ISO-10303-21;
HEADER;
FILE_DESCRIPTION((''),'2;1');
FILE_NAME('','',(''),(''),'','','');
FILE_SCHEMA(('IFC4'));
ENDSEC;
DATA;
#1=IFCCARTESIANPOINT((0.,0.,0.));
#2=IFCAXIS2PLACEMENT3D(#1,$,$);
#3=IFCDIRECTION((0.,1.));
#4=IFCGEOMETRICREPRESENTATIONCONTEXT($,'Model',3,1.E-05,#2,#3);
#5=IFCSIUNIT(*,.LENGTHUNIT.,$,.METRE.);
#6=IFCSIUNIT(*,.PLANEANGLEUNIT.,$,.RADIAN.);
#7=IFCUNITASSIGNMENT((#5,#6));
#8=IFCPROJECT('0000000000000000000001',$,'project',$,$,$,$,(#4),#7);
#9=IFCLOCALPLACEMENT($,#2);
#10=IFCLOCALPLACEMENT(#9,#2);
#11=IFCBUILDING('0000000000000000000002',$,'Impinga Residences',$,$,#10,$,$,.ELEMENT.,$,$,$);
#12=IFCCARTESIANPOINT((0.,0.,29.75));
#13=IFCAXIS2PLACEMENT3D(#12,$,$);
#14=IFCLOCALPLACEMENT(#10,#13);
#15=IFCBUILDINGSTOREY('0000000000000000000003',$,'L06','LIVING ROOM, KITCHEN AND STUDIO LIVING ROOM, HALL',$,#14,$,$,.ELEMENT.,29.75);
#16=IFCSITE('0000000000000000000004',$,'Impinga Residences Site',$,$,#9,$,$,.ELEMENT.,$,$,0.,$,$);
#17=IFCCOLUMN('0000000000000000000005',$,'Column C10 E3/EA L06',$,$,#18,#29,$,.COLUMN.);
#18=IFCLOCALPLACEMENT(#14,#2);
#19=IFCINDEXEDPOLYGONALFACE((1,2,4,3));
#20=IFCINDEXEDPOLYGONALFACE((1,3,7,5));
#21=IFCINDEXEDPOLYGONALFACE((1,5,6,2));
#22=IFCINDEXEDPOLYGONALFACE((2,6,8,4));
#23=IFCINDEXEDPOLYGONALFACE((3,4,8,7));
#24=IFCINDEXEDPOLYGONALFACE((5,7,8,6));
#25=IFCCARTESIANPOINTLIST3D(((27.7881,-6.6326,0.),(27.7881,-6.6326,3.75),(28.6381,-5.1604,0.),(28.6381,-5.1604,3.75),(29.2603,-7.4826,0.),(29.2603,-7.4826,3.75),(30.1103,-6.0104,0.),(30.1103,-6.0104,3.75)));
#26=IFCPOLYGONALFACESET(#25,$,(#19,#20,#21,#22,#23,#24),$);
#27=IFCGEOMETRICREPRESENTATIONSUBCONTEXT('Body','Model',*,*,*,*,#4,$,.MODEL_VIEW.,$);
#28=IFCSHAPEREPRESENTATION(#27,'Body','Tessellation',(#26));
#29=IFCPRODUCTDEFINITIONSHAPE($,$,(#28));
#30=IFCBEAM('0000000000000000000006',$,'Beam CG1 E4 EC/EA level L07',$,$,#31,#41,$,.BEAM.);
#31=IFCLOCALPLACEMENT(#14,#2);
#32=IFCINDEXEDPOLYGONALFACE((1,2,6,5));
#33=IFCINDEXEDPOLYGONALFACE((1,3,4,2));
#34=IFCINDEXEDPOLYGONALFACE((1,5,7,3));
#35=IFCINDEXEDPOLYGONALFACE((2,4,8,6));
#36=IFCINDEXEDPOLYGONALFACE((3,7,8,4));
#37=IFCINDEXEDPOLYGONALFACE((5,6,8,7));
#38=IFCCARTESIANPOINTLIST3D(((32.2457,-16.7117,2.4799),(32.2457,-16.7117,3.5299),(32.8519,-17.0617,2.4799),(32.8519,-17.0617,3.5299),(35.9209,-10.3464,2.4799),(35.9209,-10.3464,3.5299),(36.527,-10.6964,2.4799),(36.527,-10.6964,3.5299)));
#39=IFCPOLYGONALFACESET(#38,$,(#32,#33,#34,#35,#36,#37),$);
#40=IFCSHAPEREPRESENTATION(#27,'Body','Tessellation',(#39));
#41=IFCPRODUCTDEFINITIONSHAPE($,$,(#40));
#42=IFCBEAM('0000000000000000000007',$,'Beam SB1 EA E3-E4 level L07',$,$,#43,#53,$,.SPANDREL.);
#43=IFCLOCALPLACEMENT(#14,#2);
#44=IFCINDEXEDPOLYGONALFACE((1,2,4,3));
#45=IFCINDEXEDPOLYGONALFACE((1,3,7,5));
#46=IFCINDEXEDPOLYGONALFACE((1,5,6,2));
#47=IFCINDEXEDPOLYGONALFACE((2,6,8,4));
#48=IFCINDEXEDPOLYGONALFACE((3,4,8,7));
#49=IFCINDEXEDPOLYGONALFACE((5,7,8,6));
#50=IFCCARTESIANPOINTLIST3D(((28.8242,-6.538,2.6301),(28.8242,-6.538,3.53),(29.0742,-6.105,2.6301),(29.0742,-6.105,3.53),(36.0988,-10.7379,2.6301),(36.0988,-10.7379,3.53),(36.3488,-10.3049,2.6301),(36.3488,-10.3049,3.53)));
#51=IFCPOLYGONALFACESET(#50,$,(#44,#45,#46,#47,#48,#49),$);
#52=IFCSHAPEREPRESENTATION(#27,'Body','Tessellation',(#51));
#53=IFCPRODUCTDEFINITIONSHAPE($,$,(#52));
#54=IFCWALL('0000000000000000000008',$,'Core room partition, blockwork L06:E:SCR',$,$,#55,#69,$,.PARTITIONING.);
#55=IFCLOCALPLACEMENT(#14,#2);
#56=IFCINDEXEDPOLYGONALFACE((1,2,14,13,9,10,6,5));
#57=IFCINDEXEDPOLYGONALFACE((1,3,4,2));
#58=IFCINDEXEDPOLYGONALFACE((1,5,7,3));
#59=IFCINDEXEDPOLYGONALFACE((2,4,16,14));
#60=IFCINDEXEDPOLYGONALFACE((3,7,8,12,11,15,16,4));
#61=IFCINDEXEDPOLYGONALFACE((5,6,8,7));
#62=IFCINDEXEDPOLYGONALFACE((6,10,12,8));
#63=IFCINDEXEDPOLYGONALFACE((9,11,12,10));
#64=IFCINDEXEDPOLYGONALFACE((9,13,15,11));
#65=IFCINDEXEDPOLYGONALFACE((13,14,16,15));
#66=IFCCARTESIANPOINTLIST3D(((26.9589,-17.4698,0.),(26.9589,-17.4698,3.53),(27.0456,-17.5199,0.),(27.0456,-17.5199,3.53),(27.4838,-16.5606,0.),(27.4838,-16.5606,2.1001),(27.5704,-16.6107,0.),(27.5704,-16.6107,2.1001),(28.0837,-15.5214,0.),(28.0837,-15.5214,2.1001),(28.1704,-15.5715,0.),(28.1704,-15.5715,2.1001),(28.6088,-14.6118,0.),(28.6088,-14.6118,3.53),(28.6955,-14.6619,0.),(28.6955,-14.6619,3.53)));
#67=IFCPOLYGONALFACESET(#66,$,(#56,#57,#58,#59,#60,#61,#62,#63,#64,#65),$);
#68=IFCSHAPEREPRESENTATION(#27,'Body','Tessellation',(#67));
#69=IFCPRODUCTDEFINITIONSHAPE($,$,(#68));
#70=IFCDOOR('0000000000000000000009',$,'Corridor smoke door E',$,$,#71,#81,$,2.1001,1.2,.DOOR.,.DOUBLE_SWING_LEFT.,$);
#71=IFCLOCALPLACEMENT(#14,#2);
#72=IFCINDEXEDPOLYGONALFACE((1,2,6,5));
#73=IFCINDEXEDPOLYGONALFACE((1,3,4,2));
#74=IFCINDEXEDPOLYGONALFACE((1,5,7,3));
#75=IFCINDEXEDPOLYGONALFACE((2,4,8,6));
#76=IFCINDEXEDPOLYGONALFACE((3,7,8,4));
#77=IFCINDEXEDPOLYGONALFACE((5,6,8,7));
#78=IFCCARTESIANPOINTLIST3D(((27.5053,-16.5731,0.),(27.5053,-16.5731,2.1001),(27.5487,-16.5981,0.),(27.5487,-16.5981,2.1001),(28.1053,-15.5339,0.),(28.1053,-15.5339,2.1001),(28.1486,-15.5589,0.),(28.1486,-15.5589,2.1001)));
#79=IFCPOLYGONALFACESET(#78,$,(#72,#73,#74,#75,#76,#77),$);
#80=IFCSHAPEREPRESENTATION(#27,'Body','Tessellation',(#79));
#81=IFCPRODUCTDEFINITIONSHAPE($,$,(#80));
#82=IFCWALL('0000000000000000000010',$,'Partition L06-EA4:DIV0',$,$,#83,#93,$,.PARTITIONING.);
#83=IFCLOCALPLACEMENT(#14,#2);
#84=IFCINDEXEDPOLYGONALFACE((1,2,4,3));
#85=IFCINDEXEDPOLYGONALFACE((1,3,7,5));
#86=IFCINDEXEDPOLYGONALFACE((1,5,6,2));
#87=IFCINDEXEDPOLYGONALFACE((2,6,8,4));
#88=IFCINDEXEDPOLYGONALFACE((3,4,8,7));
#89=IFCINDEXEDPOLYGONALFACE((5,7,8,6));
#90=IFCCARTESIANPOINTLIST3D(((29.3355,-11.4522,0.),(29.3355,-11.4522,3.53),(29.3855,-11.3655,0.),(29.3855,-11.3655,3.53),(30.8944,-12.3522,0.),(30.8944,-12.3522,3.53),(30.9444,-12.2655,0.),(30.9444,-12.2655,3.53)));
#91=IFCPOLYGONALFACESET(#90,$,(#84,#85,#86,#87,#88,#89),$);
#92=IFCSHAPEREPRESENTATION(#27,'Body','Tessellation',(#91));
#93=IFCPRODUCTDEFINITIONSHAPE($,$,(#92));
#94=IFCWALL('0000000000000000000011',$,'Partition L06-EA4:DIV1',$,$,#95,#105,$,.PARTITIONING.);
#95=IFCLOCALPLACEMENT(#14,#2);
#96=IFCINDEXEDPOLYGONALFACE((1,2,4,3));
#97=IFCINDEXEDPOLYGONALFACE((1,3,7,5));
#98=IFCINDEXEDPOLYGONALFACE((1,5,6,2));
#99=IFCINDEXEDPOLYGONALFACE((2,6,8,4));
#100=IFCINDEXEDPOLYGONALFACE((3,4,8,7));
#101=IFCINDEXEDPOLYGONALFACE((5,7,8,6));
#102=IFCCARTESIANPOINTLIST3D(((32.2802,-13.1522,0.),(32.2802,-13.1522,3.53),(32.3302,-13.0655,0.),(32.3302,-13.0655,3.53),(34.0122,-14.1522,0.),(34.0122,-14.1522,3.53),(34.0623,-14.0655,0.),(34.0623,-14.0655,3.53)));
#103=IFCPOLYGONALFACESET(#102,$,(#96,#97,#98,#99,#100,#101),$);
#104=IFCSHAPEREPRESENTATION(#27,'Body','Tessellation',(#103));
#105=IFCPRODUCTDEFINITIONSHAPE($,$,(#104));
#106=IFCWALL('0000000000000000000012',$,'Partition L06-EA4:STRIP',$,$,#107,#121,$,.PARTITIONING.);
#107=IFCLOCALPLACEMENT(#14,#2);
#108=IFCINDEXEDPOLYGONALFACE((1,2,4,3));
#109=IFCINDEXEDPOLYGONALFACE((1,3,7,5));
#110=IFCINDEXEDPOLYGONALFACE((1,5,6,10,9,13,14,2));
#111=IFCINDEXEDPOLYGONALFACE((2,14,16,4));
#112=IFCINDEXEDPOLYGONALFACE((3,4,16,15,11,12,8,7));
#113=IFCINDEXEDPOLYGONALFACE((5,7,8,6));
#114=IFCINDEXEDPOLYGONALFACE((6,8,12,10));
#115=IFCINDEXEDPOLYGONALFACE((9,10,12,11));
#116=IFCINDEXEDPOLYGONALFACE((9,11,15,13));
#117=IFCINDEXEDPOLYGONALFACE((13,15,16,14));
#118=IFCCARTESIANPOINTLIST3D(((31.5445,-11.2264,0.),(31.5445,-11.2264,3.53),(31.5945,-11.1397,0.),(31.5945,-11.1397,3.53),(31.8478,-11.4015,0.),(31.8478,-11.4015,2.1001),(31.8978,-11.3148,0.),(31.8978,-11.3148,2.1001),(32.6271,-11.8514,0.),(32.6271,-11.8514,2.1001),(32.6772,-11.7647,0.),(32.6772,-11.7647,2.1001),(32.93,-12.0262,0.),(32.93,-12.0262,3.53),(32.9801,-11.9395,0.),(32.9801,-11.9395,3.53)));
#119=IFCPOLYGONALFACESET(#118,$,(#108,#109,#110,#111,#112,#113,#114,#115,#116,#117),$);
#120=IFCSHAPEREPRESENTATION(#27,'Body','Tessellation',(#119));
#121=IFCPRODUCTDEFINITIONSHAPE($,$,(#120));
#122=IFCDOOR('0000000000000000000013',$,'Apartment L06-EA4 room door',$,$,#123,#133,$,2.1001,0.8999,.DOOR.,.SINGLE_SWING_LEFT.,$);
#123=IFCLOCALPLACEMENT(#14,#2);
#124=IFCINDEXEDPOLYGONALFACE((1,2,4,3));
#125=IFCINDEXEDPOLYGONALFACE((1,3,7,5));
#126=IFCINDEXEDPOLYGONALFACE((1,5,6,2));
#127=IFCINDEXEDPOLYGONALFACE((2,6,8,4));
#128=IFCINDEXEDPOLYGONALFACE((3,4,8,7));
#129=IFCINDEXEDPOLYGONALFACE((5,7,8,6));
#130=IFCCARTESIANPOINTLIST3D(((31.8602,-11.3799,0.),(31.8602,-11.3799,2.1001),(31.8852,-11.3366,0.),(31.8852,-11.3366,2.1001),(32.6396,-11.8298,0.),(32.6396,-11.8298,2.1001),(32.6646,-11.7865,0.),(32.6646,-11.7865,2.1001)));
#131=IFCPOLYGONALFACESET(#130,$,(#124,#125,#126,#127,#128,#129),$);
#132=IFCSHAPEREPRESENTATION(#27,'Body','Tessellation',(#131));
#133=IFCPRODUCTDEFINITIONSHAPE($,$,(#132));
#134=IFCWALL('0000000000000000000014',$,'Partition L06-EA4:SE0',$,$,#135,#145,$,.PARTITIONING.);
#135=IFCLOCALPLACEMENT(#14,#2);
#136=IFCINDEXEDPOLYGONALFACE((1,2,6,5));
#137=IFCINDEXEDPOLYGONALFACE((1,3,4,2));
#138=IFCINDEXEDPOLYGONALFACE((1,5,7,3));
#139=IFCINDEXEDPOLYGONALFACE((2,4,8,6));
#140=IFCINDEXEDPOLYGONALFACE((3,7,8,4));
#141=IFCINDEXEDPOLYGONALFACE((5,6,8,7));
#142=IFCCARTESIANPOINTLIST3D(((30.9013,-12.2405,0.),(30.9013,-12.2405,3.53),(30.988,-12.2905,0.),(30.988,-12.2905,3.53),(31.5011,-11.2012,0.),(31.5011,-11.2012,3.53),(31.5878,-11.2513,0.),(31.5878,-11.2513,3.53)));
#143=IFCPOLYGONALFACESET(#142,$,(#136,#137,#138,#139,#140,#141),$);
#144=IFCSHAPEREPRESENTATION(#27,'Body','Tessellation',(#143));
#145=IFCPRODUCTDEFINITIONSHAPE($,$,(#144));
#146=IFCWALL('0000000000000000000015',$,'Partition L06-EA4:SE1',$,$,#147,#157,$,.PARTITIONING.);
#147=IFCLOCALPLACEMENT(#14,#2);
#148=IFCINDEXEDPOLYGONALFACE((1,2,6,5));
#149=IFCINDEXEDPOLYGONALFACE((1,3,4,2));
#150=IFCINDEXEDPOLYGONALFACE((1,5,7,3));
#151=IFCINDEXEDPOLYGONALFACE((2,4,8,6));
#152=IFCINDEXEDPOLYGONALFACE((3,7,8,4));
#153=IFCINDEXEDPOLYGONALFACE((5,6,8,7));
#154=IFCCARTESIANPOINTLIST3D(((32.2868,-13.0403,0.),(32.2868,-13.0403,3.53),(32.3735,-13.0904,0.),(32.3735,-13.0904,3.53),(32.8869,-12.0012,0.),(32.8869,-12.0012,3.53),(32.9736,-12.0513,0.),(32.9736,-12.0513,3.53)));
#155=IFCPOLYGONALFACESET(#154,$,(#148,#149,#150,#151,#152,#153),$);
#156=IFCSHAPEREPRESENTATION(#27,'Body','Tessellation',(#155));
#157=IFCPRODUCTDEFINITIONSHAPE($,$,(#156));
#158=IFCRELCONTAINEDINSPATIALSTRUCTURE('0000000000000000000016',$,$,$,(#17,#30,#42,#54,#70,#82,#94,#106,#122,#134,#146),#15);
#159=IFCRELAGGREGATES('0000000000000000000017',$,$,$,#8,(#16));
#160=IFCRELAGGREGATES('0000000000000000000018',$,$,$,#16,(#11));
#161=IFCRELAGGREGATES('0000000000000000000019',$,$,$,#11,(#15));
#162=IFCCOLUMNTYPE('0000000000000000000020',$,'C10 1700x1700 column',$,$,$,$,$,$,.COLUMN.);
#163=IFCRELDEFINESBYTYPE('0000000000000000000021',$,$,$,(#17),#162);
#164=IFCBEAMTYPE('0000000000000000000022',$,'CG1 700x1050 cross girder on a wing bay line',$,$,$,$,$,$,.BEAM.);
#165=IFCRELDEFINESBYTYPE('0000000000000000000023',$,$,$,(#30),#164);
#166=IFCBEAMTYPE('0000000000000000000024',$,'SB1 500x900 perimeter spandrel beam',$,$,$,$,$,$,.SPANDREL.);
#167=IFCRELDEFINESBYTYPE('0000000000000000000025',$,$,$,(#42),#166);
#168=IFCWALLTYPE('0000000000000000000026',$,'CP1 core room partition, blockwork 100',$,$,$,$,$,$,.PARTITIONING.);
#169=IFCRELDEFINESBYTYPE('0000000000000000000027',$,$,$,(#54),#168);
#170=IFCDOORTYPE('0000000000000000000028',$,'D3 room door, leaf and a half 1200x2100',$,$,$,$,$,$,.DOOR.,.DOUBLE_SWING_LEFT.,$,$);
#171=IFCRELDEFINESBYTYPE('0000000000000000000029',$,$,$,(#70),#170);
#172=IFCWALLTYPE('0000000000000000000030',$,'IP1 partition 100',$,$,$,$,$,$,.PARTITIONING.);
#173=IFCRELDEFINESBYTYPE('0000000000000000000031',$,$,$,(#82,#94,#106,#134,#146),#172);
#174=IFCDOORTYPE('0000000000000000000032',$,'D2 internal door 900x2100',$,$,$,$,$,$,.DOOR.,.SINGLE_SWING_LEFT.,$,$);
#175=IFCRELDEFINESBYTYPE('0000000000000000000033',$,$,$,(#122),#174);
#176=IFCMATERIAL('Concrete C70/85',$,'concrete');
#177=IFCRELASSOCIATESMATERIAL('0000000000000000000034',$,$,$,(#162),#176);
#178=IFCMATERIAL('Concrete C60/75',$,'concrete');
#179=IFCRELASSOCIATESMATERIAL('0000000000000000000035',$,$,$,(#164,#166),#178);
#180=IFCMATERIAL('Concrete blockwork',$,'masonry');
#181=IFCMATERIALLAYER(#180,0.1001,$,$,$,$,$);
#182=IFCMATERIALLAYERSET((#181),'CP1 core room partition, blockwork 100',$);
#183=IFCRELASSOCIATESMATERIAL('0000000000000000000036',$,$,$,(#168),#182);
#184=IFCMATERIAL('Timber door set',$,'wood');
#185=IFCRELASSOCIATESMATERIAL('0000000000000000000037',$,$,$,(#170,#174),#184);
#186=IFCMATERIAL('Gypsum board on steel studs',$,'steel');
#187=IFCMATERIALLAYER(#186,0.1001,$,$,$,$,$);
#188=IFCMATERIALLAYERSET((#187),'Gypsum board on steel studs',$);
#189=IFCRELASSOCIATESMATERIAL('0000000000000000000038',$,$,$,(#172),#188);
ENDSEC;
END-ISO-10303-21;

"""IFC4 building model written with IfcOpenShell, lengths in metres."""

from ifc_helpers import new_model, si_unit, direction, frame, frame_2d, origin, origin_2d, place, context, subcontext, project, spatial, rectangle, extrude, material, layer, layer_set, material_profile, profile_set, type_object, element, fill, save


model = new_model("IFC4")

# Units and contexts
model_context = context("Model", 3, precision=1e-05, world=origin(), true_north=direction((0.0, 1.0)))
body_context = subcontext(model_context, "Body", "Model", "MODEL_VIEW")
ifc_project = project(units=[si_unit("LENGTHUNIT", "METRE"), si_unit("PLANEANGLEUNIT", "RADIAN")], contexts=[model_context])

# Site, building, storey
site_placement = place(None, origin())
site = spatial("IfcSite", under=ifc_project, at=site_placement, Name="Impinga Residences Site", CompositionType="ELEMENT", RefElevation=0.0)
building_placement = place(site_placement, origin())
building = spatial("IfcBuilding", under=site, at=building_placement, Name="Impinga Residences", CompositionType="ELEMENT")
storey_placement = place(building_placement, frame((0.0, 0.0, 29.75)))
storey = spatial("IfcBuildingStorey", under=building, at=storey_placement, Name="L06", Description="LIVING ROOM, KITCHEN AND STUDIO LIVING ROOM, HALL", CompositionType="ELEMENT", Elevation=29.75)

# Column
ifc_material_1 = material(Name="Concrete C70/85", Category="concrete")
ifc_material_profile_1 = material_profile(ifc_material_1, rectangle(XDim=1.7, YDim=1.7, at=origin_2d()), Name="RC 1700x1700")
ifc_profile_set_1 = profile_set([ifc_material_profile_1], Name="Concrete C70/85")
column_type = type_object("IfcColumnType", Name="C10 1700x1700 column", PredefinedType="COLUMN", material=ifc_profile_set_1)
column_placement = place(storey_placement, frame((28.9492, -6.3215, 0.0), z_axis=(0.0, 0.0, 1.0), x_axis=(-0.5, -0.866025, 0.0)))
element("IfcColumn", 1, at=column_placement, inside=storey, type_object=column_type, Name="Column C10 E3/EA L06", PredefinedType="COLUMN", context=body_context, shape_type="SweptSolid", body=[
    extrude(rectangle(XDim=1.7, YDim=1.7, at=origin_2d()), origin(), (0.0, 0.0, 1.0), 3.75),
])

# Beams
ifc_material_2 = material(Name="Concrete C60/75", Category="concrete")
ifc_material_profile_2 = material_profile(ifc_material_2, rectangle(XDim=0.7, YDim=1.05, at=origin_2d()), Name="RC 700x1050")
ifc_profile_set_2 = profile_set([ifc_material_profile_2], Name="Concrete C60/75")
beam_type_1 = type_object("IfcBeamType", Name="CG1 700x1050 cross girder on a wing bay line", PredefinedType="BEAM", material=ifc_profile_set_2)
beam_1_placement = place(storey_placement, frame((32.5488, -16.8867, 3.0049), z_axis=(0.500008, 0.866021, 0.0), x_axis=(-0.866021, 0.500008, 0.0)))
element("IfcBeam", 2, at=beam_1_placement, inside=storey, type_object=beam_type_1, Name="Beam CG1 E4 EC/EA level L07", PredefinedType="BEAM", context=body_context, shape_type="SweptSolid", body=[
    extrude(rectangle(XDim=0.7, YDim=1.05, at=origin_2d()), origin(), (0.0, 0.0, 1.0), 7.3501),
])
ifc_material_profile_3 = material_profile(ifc_material_2, rectangle(XDim=0.5, YDim=0.8999, at=origin_2d()), Name="RC 500x900")
ifc_profile_set_3 = profile_set([ifc_material_profile_3], Name="Concrete C60/75")
beam_type_2 = type_object("IfcBeamType", Name="SB1 500x900 perimeter spandrel beam", PredefinedType="SPANDREL", material=ifc_profile_set_3)
beam_2_placement = place(storey_placement, frame((28.9492, -6.3215, 3.0801), z_axis=(0.866029, -0.499993, 0.0), x_axis=(0.499993, 0.866029, 0.0)))
element("IfcBeam", 3, at=beam_2_placement, inside=storey, type_object=beam_type_2, Name="Beam SB1 EA E3-E4 level L07", PredefinedType="SPANDREL", context=body_context, shape_type="SweptSolid", body=[
    extrude(rectangle(XDim=0.5, YDim=0.8999, at=origin_2d()), origin(), (0.0, 0.0, 1.0), 8.3999),
])

# Wall, opening, door
ifc_material_3 = material(Name="Concrete blockwork", Category="masonry")
ifc_layer_1 = layer(ifc_material_3, 0.1001)
ifc_layer_set_1 = layer_set([ifc_layer_1], Name="CP1 core room partition, blockwork 100")
wall_type_1 = type_object("IfcWallType", Name="CP1 core room partition, blockwork 100", PredefinedType="PARTITIONING", material=ifc_layer_set_1)
wall_1_placement = place(storey_placement, frame((28.6521, -14.637, 0.0), z_axis=(0.0, 0.0, 1.0), x_axis=(-0.499974, -0.86604, 0.0)))
wall_1 = element("IfcWall", 4, at=wall_1_placement, inside=storey, type_object=wall_type_1, Name="Core room partition, blockwork L06:E:SCR", PredefinedType="PARTITIONING", context=body_context, shape_type="SweptSolid", body=[
    extrude(rectangle(XDim=3.3, YDim=0.1001, at=frame_2d((1.6499, 0.0))), origin(), (0.0, 0.0, 1.0), 3.53),
])
opening_1_placement = place(wall_1_placement, frame((1.05, 0.0, 0.0)))
opening_1 = element("IfcOpeningElement", 5, at=opening_1_placement, cuts=wall_1, PredefinedType="OPENING", context=body_context, shape_type="SweptSolid", body=[
    extrude(rectangle(XDim=1.2, YDim=2.1001, at=frame_2d((0.6001, 1.05))), frame((0.0, 0.0601, 0.0), z_axis=(0.0, -1.0, 0.0), x_axis=(1.0, 0.0, 0.0)), (0.0, 0.0, 1.0), 0.1201),
])
ifc_material_4 = material(Name="Timber door set", Category="wood")
door_type_1 = type_object("IfcDoorType", Name="D3 room door, leaf and a half 1200x2100", OperationType="DOUBLE_SWING_LEFT", PredefinedType="DOOR", material=ifc_material_4)
door_1_placement = place(opening_1_placement, origin())
door_1 = element("IfcDoor", 6, at=door_1_placement, inside=storey, type_object=door_type_1, Name="Corridor smoke door E", OperationType="DOUBLE_SWING_LEFT", OverallHeight=2.1001, OverallWidth=1.2, PredefinedType="DOOR", context=body_context, shape_type="SweptSolid", body=[
    extrude(rectangle(XDim=1.2, YDim=2.1001, at=frame_2d((0.6001, 1.05))), frame((0.0, 0.0249, 0.0), z_axis=(0.0, -1.0, 0.0), x_axis=(1.0, 0.0, 0.0)), (0.0, 0.0, 1.0), 0.05),
])
fill(opening_1, door_1)

# Walls
ifc_material_5 = material(Name="Gypsum board on steel studs", Category="steel")
ifc_layer_2 = layer(ifc_material_5, 0.1001)
ifc_layer_set_2 = layer_set([ifc_layer_2], Name="Gypsum board on steel studs")
wall_type_2 = type_object("IfcWallType", Name="IP1 partition 100", PredefinedType="PARTITIONING", material=ifc_layer_set_2)
wall_2_placement = place(storey_placement, frame((29.3606, -11.4089, 0.0), z_axis=(0.0, 0.0, 1.0), x_axis=(0.866048, -0.499961, 0.0)))
element("IfcWall", 7, at=wall_2_placement, inside=storey, type_object=wall_type_2, Name="Partition L06-EA4:DIV0", PredefinedType="PARTITIONING", context=body_context, shape_type="SweptSolid", body=[
    extrude(rectangle(XDim=1.8, YDim=0.1001, at=frame_2d((0.8999, 0.0))), origin(), (0.0, 0.0, 1.0), 3.53),
])
wall_3_placement = place(storey_placement, frame((32.3052, -13.1089, 0.0), z_axis=(0.0, 0.0, 1.0), x_axis=(0.866041, -0.499973, 0.0)))
element("IfcWall", 8, at=wall_3_placement, inside=storey, type_object=wall_type_2, Name="Partition L06-EA4:DIV1", PredefinedType="PARTITIONING", context=body_context, shape_type="SweptSolid", body=[
    extrude(rectangle(XDim=2.0, YDim=0.1001, at=frame_2d((1.0, 0.0))), origin(), (0.0, 0.0, 1.0), 3.53),
])

# Wall, opening, door
wall_4_placement = place(storey_placement, frame((31.5696, -11.1831, 0.0), z_axis=(0.0, 0.0, 1.0), x_axis=(0.866056, -0.499947, 0.0)))
wall_4 = element("IfcWall", 9, at=wall_4_placement, inside=storey, type_object=wall_type_2, Name="Partition L06-EA4:STRIP", PredefinedType="PARTITIONING", context=body_context, shape_type="SweptSolid", body=[
    extrude(rectangle(XDim=1.5999, YDim=0.1001, at=frame_2d((0.7998, 0.0))), origin(), (0.0, 0.0, 1.0), 3.53),
])
opening_2_placement = place(wall_4_placement, frame((0.3501, 0.0, 0.0)))
opening_2 = element("IfcOpeningElement", 10, at=opening_2_placement, cuts=wall_4, PredefinedType="OPENING", context=body_context, shape_type="SweptSolid", body=[
    extrude(rectangle(XDim=0.8999, YDim=2.1001, at=frame_2d((0.45, 1.05))), frame((0.0, 0.0601, 0.0), z_axis=(0.0, -1.0, 0.0), x_axis=(1.0, 0.0, 0.0)), (0.0, 0.0, 1.0), 0.1201),
])
door_type_2 = type_object("IfcDoorType", Name="D2 internal door 900x2100", OperationType="SINGLE_SWING_LEFT", PredefinedType="DOOR", material=ifc_material_4)
door_2_placement = place(opening_2_placement, origin())
door_2 = element("IfcDoor", 11, at=door_2_placement, inside=storey, type_object=door_type_2, Name="Apartment L06-EA4 room door", OperationType="SINGLE_SWING_LEFT", OverallHeight=2.1001, OverallWidth=0.8999, PredefinedType="DOOR", context=body_context, shape_type="SweptSolid", body=[
    extrude(rectangle(XDim=0.8999, YDim=2.1001, at=frame_2d((0.45, 1.05))), frame((0.0, 0.0249, 0.0), z_axis=(0.0, -1.0, 0.0), x_axis=(1.0, 0.0, 0.0)), (0.0, 0.0, 1.0), 0.05),
])
fill(opening_2, door_2)

# Walls
for number, where, z_axis, x_axis, name in (
    (12, (30.9446, -12.2656, 0.0), (0.0, 0.0, 1.0), (0.499881, 0.866094, 0.0), "Partition L06-EA4:SE0"),
    (13, (32.3301, -13.0654, 0.0), (0.0, 0.0, 1.0), (0.500122, 0.865955, 0.0), "Partition L06-EA4:SE1"),
):
    element("IfcWall", number, at=place(storey_placement, frame(where, z_axis=z_axis, x_axis=x_axis)), inside=storey, type_object=wall_type_2, Name=name, PredefinedType="PARTITIONING", context=body_context, shape_type="SweptSolid", body=[
        extrude(rectangle(XDim=1.2, YDim=0.1001, at=frame_2d((0.6001, 0.0))), origin(), (0.0, 0.0, 1.0), 3.53),
    ])

save(model, "model.ifc")
